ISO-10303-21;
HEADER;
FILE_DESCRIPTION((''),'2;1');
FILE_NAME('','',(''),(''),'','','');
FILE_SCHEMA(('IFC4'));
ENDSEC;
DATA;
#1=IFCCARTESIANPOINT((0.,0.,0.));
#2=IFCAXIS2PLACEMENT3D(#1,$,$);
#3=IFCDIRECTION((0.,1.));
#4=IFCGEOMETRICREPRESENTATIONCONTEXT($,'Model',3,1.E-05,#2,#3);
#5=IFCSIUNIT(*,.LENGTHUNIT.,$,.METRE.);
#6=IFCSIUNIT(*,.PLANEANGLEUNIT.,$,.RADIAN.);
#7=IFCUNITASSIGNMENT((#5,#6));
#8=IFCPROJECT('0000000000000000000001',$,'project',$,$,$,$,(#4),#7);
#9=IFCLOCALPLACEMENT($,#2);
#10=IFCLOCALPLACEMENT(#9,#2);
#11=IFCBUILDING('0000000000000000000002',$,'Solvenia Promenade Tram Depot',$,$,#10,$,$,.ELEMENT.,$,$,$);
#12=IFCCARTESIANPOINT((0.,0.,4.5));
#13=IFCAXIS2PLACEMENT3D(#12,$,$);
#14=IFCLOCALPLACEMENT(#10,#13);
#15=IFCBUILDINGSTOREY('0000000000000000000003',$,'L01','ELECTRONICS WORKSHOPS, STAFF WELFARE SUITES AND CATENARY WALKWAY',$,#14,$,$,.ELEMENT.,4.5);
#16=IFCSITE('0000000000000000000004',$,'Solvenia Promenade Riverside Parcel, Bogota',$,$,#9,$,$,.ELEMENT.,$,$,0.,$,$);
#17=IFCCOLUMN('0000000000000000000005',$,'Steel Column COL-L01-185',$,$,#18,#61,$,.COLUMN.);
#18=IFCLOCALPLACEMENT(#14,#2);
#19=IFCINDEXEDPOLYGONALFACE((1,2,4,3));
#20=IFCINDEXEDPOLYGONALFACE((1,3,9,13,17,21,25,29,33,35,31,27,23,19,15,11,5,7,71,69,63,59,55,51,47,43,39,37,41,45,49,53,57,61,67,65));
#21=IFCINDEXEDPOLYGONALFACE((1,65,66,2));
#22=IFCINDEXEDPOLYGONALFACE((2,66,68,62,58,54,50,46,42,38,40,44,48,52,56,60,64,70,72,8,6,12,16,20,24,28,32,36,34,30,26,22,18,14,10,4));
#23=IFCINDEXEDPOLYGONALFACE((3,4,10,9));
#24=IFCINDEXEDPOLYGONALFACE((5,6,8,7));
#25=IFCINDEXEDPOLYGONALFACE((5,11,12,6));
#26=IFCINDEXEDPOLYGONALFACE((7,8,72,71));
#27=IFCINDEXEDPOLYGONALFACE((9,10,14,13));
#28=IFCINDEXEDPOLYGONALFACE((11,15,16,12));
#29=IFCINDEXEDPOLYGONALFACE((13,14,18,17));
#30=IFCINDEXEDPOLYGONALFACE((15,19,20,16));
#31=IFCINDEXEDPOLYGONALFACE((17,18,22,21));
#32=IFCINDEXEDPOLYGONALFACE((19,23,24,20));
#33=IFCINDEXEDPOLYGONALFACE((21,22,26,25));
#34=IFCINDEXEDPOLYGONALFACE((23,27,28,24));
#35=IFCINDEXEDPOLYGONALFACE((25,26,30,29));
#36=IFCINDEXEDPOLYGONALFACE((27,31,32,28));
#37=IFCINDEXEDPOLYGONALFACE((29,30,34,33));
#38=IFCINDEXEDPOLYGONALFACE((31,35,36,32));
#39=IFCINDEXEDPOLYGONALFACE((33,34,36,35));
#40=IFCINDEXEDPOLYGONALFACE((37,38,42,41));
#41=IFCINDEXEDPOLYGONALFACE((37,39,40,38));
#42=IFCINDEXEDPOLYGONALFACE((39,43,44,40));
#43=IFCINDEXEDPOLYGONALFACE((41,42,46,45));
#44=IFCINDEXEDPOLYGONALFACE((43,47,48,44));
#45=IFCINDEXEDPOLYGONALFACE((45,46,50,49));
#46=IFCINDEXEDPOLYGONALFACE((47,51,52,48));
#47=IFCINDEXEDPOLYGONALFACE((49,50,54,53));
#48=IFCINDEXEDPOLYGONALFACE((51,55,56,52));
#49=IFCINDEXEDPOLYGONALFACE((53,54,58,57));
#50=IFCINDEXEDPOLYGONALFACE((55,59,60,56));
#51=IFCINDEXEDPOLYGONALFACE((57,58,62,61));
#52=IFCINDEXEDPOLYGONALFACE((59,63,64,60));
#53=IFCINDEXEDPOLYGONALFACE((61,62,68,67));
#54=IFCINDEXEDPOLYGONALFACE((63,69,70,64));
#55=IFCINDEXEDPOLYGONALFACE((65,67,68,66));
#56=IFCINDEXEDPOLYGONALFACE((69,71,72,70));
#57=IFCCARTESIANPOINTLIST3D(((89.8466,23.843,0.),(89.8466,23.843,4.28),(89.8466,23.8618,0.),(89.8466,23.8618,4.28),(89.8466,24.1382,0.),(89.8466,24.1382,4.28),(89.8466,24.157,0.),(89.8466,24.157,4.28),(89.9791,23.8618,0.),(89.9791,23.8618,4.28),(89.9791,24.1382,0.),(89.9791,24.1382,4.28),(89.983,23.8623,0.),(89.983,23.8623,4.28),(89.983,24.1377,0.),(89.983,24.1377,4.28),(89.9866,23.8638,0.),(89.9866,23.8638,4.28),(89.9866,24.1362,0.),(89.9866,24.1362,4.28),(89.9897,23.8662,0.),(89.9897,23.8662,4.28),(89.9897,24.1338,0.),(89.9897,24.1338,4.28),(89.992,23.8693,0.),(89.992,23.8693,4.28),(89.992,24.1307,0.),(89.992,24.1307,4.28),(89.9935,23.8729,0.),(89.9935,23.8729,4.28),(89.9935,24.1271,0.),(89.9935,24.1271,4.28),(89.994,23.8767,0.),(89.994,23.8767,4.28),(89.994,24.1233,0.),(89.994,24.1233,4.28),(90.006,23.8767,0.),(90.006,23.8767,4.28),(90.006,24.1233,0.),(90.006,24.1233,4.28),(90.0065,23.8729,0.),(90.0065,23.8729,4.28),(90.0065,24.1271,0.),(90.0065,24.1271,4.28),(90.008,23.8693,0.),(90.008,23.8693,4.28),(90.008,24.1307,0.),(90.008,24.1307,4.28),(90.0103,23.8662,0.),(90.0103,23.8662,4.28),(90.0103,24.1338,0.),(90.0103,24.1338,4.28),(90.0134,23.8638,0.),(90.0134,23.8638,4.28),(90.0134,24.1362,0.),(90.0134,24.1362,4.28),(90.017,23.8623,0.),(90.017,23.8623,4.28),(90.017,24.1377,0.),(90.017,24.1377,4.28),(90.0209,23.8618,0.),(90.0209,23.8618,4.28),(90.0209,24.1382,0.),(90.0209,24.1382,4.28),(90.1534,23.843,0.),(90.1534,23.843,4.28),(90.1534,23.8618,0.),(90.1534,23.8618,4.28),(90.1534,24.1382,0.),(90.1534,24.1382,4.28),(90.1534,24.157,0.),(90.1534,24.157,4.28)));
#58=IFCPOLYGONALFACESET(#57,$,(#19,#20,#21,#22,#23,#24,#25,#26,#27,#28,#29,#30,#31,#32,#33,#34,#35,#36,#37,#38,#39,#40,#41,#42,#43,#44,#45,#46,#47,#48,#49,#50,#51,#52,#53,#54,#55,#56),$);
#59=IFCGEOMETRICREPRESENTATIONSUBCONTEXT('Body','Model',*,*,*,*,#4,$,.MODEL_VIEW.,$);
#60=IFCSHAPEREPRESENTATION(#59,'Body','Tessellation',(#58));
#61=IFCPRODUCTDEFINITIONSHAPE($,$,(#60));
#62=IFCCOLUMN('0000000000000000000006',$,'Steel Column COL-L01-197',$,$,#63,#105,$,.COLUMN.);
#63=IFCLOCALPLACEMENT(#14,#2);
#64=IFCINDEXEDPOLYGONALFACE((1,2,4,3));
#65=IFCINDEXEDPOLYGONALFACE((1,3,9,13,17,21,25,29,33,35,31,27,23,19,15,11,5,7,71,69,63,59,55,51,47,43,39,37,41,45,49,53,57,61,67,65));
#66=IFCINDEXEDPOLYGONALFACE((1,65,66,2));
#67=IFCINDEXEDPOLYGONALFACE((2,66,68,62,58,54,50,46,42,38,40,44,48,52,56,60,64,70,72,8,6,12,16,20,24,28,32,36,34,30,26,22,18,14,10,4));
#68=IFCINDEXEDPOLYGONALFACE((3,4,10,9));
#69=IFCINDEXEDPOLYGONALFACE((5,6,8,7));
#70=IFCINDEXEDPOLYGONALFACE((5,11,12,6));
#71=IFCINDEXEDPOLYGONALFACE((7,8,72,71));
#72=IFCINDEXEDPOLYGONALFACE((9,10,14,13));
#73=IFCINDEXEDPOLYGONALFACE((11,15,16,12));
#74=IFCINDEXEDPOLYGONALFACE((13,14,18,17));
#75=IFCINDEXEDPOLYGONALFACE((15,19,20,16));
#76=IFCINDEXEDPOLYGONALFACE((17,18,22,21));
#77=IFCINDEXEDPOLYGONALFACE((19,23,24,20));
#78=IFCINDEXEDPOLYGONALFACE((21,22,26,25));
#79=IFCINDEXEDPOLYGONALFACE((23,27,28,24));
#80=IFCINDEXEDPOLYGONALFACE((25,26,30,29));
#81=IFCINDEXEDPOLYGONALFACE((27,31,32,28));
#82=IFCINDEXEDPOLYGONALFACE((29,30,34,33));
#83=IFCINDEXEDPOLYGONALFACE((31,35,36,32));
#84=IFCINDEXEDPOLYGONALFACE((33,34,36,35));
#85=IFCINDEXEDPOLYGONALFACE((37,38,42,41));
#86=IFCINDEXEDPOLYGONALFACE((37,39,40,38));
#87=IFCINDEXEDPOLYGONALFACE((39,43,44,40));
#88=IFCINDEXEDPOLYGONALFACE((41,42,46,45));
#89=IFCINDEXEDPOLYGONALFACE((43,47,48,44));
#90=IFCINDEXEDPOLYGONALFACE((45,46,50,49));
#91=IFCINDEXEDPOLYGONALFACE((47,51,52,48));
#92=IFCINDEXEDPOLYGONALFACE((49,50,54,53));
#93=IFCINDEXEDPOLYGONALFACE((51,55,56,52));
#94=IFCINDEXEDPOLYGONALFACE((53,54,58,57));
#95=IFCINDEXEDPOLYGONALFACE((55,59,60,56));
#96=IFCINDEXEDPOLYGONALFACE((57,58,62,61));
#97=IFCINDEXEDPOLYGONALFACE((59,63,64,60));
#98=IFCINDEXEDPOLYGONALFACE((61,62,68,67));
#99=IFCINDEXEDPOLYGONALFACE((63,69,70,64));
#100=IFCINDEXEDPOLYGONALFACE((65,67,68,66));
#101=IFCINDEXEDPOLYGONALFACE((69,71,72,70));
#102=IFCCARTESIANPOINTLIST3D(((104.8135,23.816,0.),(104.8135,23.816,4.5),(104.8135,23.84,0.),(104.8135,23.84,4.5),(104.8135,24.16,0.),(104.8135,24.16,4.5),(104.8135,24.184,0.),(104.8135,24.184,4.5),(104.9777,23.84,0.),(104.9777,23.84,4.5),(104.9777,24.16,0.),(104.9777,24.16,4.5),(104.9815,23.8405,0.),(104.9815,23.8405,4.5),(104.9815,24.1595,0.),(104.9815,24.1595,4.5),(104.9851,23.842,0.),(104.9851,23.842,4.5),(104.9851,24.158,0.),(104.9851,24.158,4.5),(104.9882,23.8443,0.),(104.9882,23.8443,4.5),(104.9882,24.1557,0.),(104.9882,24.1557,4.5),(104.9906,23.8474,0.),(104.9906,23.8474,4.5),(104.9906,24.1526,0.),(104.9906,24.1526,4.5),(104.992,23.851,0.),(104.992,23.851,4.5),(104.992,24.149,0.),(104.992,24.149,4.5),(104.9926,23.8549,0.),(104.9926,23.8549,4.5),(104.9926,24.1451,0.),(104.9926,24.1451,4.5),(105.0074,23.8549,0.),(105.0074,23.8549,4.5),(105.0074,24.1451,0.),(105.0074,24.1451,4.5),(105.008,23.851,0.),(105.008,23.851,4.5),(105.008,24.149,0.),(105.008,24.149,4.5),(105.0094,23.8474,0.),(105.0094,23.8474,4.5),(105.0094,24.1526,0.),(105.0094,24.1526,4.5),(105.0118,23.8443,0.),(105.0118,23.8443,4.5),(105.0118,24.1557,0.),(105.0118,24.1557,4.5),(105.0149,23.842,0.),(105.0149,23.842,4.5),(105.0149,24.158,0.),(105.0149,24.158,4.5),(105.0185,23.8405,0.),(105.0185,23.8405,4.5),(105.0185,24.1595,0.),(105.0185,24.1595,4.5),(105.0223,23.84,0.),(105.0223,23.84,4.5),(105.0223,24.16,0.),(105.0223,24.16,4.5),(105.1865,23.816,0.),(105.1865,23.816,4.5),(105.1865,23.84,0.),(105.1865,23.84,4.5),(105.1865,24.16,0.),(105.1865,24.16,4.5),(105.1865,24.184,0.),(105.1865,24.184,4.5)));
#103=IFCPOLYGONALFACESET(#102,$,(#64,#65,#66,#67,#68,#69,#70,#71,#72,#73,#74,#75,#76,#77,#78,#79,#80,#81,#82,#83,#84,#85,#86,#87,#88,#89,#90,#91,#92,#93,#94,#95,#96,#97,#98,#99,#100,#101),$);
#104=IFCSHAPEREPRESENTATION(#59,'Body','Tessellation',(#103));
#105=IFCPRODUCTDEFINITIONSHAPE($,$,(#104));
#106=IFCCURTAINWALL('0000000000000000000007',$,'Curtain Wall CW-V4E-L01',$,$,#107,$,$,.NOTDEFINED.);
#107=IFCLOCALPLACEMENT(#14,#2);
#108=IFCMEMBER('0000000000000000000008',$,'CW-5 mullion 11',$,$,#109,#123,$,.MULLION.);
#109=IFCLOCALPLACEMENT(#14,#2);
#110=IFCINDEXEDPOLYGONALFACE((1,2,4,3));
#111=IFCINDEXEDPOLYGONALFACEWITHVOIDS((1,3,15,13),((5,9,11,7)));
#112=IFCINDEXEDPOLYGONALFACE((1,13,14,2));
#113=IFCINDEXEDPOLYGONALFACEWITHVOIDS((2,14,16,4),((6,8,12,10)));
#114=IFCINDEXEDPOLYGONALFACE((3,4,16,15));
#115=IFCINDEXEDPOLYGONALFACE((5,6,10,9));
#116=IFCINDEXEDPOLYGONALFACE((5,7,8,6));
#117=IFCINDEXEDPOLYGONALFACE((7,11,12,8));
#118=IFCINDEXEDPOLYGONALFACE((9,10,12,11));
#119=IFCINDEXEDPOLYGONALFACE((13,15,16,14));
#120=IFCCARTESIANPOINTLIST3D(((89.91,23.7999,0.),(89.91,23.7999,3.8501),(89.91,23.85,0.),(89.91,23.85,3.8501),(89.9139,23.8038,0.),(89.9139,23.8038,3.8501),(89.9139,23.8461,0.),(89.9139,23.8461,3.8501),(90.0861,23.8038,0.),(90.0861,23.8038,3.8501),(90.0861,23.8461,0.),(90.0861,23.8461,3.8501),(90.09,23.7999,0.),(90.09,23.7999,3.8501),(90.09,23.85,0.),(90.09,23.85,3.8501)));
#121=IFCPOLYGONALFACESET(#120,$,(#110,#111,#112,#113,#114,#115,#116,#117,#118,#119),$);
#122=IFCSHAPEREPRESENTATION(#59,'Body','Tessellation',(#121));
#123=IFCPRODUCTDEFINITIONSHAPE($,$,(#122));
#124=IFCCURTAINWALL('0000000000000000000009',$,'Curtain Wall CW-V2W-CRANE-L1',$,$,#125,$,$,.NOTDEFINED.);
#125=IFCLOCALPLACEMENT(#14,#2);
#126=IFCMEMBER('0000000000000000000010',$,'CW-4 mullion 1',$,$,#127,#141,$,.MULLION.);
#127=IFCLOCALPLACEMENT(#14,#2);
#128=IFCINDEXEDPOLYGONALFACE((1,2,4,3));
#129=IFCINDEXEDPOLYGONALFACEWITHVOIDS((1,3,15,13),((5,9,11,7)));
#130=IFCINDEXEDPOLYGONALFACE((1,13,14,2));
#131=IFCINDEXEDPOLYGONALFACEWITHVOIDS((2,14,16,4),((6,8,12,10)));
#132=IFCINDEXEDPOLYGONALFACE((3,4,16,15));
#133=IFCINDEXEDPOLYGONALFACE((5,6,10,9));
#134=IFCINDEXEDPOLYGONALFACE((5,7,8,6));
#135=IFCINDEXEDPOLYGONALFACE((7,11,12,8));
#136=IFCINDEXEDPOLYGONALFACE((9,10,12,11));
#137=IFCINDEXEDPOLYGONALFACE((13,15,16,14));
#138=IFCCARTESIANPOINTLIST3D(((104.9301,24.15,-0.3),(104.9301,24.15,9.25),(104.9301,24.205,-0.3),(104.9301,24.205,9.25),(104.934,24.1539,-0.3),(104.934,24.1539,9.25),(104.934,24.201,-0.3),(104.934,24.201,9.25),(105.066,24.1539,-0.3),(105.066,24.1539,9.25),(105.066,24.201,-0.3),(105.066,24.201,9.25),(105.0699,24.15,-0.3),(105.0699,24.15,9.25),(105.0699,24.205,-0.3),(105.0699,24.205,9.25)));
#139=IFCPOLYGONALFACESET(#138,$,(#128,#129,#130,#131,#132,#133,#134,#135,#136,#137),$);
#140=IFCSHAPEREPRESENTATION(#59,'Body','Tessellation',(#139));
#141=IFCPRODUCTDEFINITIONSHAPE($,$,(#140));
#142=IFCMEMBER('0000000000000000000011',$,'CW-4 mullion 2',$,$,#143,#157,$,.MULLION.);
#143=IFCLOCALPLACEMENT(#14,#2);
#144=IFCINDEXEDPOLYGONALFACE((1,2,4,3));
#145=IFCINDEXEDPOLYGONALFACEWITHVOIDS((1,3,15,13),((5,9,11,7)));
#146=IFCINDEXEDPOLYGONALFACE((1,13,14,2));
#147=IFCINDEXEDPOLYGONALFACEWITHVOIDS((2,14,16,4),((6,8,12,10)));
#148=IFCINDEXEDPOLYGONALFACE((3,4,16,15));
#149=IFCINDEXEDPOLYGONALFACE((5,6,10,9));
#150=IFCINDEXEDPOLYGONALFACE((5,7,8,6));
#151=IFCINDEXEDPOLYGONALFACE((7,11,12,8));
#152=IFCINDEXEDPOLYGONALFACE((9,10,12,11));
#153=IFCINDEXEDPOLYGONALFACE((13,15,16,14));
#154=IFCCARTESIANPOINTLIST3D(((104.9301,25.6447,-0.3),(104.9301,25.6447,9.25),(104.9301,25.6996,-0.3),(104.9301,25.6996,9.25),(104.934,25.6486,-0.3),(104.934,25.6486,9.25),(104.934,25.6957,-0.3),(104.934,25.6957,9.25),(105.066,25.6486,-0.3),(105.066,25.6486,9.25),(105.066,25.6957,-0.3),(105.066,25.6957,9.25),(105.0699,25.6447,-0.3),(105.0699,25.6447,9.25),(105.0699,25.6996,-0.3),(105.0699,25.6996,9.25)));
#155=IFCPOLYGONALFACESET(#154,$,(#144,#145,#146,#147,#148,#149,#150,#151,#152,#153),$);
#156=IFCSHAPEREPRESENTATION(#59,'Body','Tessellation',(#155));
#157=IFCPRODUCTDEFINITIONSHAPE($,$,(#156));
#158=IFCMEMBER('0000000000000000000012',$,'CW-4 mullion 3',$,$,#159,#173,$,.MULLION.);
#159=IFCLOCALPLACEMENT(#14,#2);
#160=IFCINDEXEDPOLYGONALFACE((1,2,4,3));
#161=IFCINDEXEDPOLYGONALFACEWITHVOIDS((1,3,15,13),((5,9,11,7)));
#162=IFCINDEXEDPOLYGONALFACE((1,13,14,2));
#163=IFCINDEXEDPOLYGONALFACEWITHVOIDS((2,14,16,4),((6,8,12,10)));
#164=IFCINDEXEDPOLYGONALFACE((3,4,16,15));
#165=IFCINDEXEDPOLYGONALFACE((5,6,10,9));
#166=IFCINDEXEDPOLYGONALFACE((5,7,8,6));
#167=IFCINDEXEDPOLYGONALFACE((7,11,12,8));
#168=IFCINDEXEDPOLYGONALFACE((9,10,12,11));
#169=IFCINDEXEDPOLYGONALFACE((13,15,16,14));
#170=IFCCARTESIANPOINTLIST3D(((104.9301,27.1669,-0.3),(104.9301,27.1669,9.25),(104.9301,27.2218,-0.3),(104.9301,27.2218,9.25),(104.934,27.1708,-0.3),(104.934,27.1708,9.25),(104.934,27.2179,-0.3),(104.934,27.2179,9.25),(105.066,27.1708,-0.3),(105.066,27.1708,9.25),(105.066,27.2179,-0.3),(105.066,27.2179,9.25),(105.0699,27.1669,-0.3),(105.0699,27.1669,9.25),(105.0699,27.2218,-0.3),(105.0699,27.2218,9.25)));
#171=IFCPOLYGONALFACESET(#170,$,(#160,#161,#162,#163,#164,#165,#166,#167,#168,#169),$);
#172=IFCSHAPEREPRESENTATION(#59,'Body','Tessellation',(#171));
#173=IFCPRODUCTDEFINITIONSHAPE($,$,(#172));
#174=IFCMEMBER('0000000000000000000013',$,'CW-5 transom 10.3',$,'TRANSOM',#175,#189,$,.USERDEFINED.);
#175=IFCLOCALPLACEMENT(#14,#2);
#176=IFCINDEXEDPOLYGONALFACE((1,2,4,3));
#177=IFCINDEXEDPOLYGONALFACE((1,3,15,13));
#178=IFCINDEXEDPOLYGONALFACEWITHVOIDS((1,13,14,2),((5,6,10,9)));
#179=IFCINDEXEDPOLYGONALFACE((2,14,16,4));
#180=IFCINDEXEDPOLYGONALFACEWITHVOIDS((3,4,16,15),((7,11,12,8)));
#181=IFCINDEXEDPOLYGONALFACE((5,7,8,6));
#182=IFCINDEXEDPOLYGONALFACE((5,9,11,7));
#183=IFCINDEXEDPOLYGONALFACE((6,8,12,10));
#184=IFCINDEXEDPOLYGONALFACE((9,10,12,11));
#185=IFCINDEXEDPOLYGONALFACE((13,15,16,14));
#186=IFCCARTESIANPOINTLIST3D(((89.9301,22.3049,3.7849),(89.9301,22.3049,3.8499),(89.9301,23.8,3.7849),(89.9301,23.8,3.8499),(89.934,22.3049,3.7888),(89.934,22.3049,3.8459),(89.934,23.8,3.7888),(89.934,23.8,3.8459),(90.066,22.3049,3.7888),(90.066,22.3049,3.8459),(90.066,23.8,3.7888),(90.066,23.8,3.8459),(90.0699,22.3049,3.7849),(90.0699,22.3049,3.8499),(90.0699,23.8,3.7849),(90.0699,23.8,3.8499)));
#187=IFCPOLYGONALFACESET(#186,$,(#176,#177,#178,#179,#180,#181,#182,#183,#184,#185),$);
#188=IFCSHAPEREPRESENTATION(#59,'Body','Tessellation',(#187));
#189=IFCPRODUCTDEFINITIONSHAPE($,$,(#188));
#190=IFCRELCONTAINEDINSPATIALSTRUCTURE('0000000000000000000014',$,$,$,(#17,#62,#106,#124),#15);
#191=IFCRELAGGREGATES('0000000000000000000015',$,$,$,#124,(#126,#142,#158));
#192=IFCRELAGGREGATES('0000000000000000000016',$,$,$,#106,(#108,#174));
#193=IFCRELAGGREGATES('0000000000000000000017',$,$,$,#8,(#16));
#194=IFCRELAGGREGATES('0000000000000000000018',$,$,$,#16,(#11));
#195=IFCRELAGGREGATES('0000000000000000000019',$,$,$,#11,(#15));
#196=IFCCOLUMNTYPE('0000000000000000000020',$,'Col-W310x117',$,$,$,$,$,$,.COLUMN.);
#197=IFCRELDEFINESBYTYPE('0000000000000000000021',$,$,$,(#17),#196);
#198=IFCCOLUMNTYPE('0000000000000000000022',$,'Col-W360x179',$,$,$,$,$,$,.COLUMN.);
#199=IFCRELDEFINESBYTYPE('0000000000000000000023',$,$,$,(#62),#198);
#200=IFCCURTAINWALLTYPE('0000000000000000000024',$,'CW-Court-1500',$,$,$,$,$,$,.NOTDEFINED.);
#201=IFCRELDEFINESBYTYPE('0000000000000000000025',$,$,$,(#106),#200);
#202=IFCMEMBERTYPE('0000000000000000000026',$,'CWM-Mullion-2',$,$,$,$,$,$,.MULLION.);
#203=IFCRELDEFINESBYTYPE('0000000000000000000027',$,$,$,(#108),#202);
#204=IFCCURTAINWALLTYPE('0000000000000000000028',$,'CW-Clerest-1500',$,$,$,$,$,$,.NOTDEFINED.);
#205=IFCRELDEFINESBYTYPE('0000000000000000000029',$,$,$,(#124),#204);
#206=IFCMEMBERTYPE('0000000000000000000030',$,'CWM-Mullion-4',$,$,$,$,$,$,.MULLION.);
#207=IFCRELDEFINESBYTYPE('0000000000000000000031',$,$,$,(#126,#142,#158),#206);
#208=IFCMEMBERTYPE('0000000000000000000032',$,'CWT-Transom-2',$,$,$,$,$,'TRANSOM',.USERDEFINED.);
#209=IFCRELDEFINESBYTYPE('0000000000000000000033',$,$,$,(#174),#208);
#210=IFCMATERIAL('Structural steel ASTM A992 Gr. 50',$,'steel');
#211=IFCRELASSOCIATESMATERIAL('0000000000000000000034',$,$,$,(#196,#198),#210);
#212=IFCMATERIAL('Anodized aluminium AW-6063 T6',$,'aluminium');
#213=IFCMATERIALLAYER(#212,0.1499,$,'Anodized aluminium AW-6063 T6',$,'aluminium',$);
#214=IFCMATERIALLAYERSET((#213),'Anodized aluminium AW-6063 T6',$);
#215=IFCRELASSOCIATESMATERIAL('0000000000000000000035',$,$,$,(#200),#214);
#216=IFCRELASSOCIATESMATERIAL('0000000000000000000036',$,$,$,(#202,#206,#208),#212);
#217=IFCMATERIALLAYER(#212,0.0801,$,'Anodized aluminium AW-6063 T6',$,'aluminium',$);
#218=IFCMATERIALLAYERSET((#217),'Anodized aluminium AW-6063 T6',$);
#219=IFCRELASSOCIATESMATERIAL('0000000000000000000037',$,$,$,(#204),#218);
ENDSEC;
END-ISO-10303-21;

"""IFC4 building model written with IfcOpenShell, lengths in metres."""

from ifc_helpers import new_model, si_unit, direction, frame, origin, origin_2d, place, context, subcontext, project, spatial, hollow_rectangle, i_section, extrude, material, layer, layer_set, material_profile, profile_set, type_object, element, aggregate, save


model = new_model("IFC4")

# Units and contexts
model_context = context("Model", 3, precision=1e-05, world=origin(), true_north=direction((0.0, 1.0)))
body_context = subcontext(model_context, "Body", "Model", "MODEL_VIEW")
ifc_project = project(units=[si_unit("LENGTHUNIT", "METRE"), si_unit("PLANEANGLEUNIT", "RADIAN")], contexts=[model_context])

# Site, building, storey
site_placement = place(None, origin())
site = spatial("IfcSite", under=ifc_project, at=site_placement, Name="Solvenia Promenade Riverside Parcel, Bogota", CompositionType="ELEMENT", RefElevation=0.0)
building_placement = place(site_placement, origin())
building = spatial("IfcBuilding", under=site, at=building_placement, Name="Solvenia Promenade Tram Depot", CompositionType="ELEMENT")
storey_placement = place(building_placement, frame((0.0, 0.0, 4.5)))
storey = spatial("IfcBuildingStorey", under=building, at=storey_placement, Name="L01", Description="ELECTRONICS WORKSHOPS, STAFF WELFARE SUITES AND CATENARY WALKWAY", CompositionType="ELEMENT", Elevation=4.5)

# Columns
ifc_material_1 = material(Name="Structural steel ASTM A992 Gr. 50", Category="steel")
ifc_material_profile_1 = material_profile(ifc_material_1, i_section(OverallWidth=0.3069, OverallDepth=0.314, WebThickness=0.012, FlangeThickness=0.0188, FilletRadius=0.0149, at=origin_2d()), Name="W310x117", Category="steel")
ifc_profile_set_1 = profile_set([ifc_material_profile_1], Name="Structural steel ASTM A992 Gr. 50")
column_type_1 = type_object("IfcColumnType", Name="Col-W310x117", PredefinedType="COLUMN", material=ifc_profile_set_1)
column_1_placement = place(storey_placement, frame((90.0, 24.0, 0.0), z_axis=(0.0, 0.0, 1.0), x_axis=(1.0, 0.0, 0.0)))
element("IfcColumn", 1, at=column_1_placement, inside=storey, type_object=column_type_1, Name="Steel Column COL-L01-185", PredefinedType="COLUMN", context=body_context, shape_type="SweptSolid", body=[
    extrude(i_section(OverallWidth=0.3069, OverallDepth=0.314, WebThickness=0.012, FlangeThickness=0.0188, FilletRadius=0.0149, at=origin_2d()), origin(), (0.0, 0.0, 1.0), 4.28),
])
ifc_material_profile_2 = material_profile(ifc_material_1, i_section(OverallWidth=0.373, OverallDepth=0.3679, WebThickness=0.0149, FlangeThickness=0.0239, FilletRadius=0.0149, at=origin_2d()), Name="W360x179", Category="steel")
ifc_profile_set_2 = profile_set([ifc_material_profile_2], Name="Structural steel ASTM A992 Gr. 50")
column_type_2 = type_object("IfcColumnType", Name="Col-W360x179", PredefinedType="COLUMN", material=ifc_profile_set_2)
column_2_placement = place(storey_placement, frame((105.0, 24.0, 0.0), z_axis=(0.0, 0.0, 1.0), x_axis=(1.0, 0.0, 0.0)))
element("IfcColumn", 2, at=column_2_placement, inside=storey, type_object=column_type_2, Name="Steel Column COL-L01-197", PredefinedType="COLUMN", context=body_context, shape_type="SweptSolid", body=[
    extrude(i_section(OverallWidth=0.373, OverallDepth=0.3679, WebThickness=0.0149, FlangeThickness=0.0239, FilletRadius=0.0149, at=origin_2d()), origin(), (0.0, 0.0, 1.0), 4.5),
])

# Curtain wall, member
ifc_material_2 = material(Name="Anodized aluminium AW-6063 T6", Category="aluminium")
ifc_layer_1 = layer(ifc_material_2, 0.1499, Name="Anodized aluminium AW-6063 T6", Category="aluminium")
ifc_layer_set_1 = layer_set([ifc_layer_1], Name="Anodized aluminium AW-6063 T6")
curtain_wall_type_1 = type_object("IfcCurtainWallType", Name="CW-Court-1500", PredefinedType="NOTDEFINED", material=ifc_layer_set_1)
curtain_wall_1_placement = place(storey_placement, origin())
curtain_wall_1 = element("IfcCurtainWall", 3, at=curtain_wall_1_placement, inside=storey, type_object=curtain_wall_type_1, Name="Curtain Wall CW-V4E-L01", PredefinedType="NOTDEFINED")
ifc_material_profile_3 = material_profile(ifc_material_2, hollow_rectangle(XDim=0.1799, YDim=0.05, WallThickness=0.0039, at=origin_2d()), Name="ALU-M2", Category="aluminium")
ifc_profile_set_3 = profile_set([ifc_material_profile_3], Name="Anodized aluminium AW-6063 T6")
member_type_1 = type_object("IfcMemberType", Name="CWM-Mullion-2", PredefinedType="MULLION", material=ifc_profile_set_3)
member_1_placement = place(storey_placement, frame((90.0, 23.825, 0.0), z_axis=(0.0, 0.0, 1.0), x_axis=(-1.0, 0.0, 0.0)))
member_1 = element("IfcMember", 4, at=member_1_placement, type_object=member_type_1, Name="CW-5 mullion 11", PredefinedType="MULLION", context=body_context, shape_type="SweptSolid", body=[
    extrude(hollow_rectangle(XDim=0.1799, YDim=0.05, WallThickness=0.0039, at=origin_2d()), origin(), (0.0, 0.0, 1.0), 3.8501),
])

# Curtain wall, members
ifc_layer_2 = layer(ifc_material_2, 0.0801, Name="Anodized aluminium AW-6063 T6", Category="aluminium")
ifc_layer_set_2 = layer_set([ifc_layer_2], Name="Anodized aluminium AW-6063 T6")
curtain_wall_type_2 = type_object("IfcCurtainWallType", Name="CW-Clerest-1500", PredefinedType="NOTDEFINED", material=ifc_layer_set_2)
curtain_wall_2_placement = place(storey_placement, origin())
curtain_wall_2 = element("IfcCurtainWall", 5, at=curtain_wall_2_placement, inside=storey, type_object=curtain_wall_type_2, Name="Curtain Wall CW-V2W-CRANE-L1", PredefinedType="NOTDEFINED")
ifc_material_profile_4 = material_profile(ifc_material_2, hollow_rectangle(XDim=0.1399, YDim=0.0549, WallThickness=0.0039, at=origin_2d()), Name="ALU-M4", Category="aluminium")
ifc_profile_set_4 = profile_set([ifc_material_profile_4], Name="Anodized aluminium AW-6063 T6")
member_type_2 = type_object("IfcMemberType", Name="CWM-Mullion-4", PredefinedType="MULLION", material=ifc_profile_set_4)
member_2_placement = place(storey_placement, frame((105.0, 24.1775, -0.3), z_axis=(0.0, 0.0, 1.0), x_axis=(-1.0, 0.0, 0.0)))
member_2 = element("IfcMember", 6, at=member_2_placement, type_object=member_type_2, Name="CW-4 mullion 1", PredefinedType="MULLION", context=body_context, shape_type="SweptSolid", body=[
    extrude(hollow_rectangle(XDim=0.1399, YDim=0.0549, WallThickness=0.0039, at=origin_2d()), origin(), (0.0, 0.0, 1.0), 9.55),
])
member_3_placement = place(storey_placement, frame((105.0, 25.6721, -0.3), z_axis=(0.0, 0.0, 1.0), x_axis=(-1.0, 0.0, 0.0)))
member_3 = element("IfcMember", 7, at=member_3_placement, type_object=member_type_2, Name="CW-4 mullion 2", PredefinedType="MULLION", context=body_context, shape_type="SweptSolid", body=[
    extrude(hollow_rectangle(XDim=0.1399, YDim=0.0549, WallThickness=0.0039, at=origin_2d()), origin(), (0.0, 0.0, 1.0), 9.55),
])
member_4_placement = place(storey_placement, frame((105.0, 27.1943, -0.3), z_axis=(0.0, 0.0, 1.0), x_axis=(-1.0, 0.0, 0.0)))
member_4 = element("IfcMember", 8, at=member_4_placement, type_object=member_type_2, Name="CW-4 mullion 3", PredefinedType="MULLION", context=body_context, shape_type="SweptSolid", body=[
    extrude(hollow_rectangle(XDim=0.1399, YDim=0.0549, WallThickness=0.0039, at=origin_2d()), origin(), (0.0, 0.0, 1.0), 9.55),
])

# Member
ifc_material_profile_5 = material_profile(ifc_material_2, hollow_rectangle(XDim=0.1399, YDim=0.0649, WallThickness=0.0039, at=origin_2d()), Name="ALU-T2", Category="aluminium")
ifc_profile_set_5 = profile_set([ifc_material_profile_5], Name="Anodized aluminium AW-6063 T6")
member_type_3 = type_object("IfcMemberType", Name="CWT-Transom-2", ElementType="TRANSOM", PredefinedType="USERDEFINED", material=ifc_profile_set_5)
member_5_placement = place(storey_placement, frame((90.0, 22.3049, 3.8174), z_axis=(0.0, 1.0, 0.0), x_axis=(-1.0, 0.0, 0.0)))
member_5 = element("IfcMember", 9, at=member_5_placement, type_object=member_type_3, Name="CW-5 transom 10.3", ObjectType="TRANSOM", PredefinedType="USERDEFINED", context=body_context, shape_type="SweptSolid", body=[
    extrude(hollow_rectangle(XDim=0.1399, YDim=0.0649, WallThickness=0.0039, at=origin_2d()), origin(), (0.0, 0.0, 1.0), 1.4951),
])

aggregate(curtain_wall_2, [member_2, member_3, member_4])
aggregate(curtain_wall_1, [member_1, member_5])

save(model, "model.ifc")
